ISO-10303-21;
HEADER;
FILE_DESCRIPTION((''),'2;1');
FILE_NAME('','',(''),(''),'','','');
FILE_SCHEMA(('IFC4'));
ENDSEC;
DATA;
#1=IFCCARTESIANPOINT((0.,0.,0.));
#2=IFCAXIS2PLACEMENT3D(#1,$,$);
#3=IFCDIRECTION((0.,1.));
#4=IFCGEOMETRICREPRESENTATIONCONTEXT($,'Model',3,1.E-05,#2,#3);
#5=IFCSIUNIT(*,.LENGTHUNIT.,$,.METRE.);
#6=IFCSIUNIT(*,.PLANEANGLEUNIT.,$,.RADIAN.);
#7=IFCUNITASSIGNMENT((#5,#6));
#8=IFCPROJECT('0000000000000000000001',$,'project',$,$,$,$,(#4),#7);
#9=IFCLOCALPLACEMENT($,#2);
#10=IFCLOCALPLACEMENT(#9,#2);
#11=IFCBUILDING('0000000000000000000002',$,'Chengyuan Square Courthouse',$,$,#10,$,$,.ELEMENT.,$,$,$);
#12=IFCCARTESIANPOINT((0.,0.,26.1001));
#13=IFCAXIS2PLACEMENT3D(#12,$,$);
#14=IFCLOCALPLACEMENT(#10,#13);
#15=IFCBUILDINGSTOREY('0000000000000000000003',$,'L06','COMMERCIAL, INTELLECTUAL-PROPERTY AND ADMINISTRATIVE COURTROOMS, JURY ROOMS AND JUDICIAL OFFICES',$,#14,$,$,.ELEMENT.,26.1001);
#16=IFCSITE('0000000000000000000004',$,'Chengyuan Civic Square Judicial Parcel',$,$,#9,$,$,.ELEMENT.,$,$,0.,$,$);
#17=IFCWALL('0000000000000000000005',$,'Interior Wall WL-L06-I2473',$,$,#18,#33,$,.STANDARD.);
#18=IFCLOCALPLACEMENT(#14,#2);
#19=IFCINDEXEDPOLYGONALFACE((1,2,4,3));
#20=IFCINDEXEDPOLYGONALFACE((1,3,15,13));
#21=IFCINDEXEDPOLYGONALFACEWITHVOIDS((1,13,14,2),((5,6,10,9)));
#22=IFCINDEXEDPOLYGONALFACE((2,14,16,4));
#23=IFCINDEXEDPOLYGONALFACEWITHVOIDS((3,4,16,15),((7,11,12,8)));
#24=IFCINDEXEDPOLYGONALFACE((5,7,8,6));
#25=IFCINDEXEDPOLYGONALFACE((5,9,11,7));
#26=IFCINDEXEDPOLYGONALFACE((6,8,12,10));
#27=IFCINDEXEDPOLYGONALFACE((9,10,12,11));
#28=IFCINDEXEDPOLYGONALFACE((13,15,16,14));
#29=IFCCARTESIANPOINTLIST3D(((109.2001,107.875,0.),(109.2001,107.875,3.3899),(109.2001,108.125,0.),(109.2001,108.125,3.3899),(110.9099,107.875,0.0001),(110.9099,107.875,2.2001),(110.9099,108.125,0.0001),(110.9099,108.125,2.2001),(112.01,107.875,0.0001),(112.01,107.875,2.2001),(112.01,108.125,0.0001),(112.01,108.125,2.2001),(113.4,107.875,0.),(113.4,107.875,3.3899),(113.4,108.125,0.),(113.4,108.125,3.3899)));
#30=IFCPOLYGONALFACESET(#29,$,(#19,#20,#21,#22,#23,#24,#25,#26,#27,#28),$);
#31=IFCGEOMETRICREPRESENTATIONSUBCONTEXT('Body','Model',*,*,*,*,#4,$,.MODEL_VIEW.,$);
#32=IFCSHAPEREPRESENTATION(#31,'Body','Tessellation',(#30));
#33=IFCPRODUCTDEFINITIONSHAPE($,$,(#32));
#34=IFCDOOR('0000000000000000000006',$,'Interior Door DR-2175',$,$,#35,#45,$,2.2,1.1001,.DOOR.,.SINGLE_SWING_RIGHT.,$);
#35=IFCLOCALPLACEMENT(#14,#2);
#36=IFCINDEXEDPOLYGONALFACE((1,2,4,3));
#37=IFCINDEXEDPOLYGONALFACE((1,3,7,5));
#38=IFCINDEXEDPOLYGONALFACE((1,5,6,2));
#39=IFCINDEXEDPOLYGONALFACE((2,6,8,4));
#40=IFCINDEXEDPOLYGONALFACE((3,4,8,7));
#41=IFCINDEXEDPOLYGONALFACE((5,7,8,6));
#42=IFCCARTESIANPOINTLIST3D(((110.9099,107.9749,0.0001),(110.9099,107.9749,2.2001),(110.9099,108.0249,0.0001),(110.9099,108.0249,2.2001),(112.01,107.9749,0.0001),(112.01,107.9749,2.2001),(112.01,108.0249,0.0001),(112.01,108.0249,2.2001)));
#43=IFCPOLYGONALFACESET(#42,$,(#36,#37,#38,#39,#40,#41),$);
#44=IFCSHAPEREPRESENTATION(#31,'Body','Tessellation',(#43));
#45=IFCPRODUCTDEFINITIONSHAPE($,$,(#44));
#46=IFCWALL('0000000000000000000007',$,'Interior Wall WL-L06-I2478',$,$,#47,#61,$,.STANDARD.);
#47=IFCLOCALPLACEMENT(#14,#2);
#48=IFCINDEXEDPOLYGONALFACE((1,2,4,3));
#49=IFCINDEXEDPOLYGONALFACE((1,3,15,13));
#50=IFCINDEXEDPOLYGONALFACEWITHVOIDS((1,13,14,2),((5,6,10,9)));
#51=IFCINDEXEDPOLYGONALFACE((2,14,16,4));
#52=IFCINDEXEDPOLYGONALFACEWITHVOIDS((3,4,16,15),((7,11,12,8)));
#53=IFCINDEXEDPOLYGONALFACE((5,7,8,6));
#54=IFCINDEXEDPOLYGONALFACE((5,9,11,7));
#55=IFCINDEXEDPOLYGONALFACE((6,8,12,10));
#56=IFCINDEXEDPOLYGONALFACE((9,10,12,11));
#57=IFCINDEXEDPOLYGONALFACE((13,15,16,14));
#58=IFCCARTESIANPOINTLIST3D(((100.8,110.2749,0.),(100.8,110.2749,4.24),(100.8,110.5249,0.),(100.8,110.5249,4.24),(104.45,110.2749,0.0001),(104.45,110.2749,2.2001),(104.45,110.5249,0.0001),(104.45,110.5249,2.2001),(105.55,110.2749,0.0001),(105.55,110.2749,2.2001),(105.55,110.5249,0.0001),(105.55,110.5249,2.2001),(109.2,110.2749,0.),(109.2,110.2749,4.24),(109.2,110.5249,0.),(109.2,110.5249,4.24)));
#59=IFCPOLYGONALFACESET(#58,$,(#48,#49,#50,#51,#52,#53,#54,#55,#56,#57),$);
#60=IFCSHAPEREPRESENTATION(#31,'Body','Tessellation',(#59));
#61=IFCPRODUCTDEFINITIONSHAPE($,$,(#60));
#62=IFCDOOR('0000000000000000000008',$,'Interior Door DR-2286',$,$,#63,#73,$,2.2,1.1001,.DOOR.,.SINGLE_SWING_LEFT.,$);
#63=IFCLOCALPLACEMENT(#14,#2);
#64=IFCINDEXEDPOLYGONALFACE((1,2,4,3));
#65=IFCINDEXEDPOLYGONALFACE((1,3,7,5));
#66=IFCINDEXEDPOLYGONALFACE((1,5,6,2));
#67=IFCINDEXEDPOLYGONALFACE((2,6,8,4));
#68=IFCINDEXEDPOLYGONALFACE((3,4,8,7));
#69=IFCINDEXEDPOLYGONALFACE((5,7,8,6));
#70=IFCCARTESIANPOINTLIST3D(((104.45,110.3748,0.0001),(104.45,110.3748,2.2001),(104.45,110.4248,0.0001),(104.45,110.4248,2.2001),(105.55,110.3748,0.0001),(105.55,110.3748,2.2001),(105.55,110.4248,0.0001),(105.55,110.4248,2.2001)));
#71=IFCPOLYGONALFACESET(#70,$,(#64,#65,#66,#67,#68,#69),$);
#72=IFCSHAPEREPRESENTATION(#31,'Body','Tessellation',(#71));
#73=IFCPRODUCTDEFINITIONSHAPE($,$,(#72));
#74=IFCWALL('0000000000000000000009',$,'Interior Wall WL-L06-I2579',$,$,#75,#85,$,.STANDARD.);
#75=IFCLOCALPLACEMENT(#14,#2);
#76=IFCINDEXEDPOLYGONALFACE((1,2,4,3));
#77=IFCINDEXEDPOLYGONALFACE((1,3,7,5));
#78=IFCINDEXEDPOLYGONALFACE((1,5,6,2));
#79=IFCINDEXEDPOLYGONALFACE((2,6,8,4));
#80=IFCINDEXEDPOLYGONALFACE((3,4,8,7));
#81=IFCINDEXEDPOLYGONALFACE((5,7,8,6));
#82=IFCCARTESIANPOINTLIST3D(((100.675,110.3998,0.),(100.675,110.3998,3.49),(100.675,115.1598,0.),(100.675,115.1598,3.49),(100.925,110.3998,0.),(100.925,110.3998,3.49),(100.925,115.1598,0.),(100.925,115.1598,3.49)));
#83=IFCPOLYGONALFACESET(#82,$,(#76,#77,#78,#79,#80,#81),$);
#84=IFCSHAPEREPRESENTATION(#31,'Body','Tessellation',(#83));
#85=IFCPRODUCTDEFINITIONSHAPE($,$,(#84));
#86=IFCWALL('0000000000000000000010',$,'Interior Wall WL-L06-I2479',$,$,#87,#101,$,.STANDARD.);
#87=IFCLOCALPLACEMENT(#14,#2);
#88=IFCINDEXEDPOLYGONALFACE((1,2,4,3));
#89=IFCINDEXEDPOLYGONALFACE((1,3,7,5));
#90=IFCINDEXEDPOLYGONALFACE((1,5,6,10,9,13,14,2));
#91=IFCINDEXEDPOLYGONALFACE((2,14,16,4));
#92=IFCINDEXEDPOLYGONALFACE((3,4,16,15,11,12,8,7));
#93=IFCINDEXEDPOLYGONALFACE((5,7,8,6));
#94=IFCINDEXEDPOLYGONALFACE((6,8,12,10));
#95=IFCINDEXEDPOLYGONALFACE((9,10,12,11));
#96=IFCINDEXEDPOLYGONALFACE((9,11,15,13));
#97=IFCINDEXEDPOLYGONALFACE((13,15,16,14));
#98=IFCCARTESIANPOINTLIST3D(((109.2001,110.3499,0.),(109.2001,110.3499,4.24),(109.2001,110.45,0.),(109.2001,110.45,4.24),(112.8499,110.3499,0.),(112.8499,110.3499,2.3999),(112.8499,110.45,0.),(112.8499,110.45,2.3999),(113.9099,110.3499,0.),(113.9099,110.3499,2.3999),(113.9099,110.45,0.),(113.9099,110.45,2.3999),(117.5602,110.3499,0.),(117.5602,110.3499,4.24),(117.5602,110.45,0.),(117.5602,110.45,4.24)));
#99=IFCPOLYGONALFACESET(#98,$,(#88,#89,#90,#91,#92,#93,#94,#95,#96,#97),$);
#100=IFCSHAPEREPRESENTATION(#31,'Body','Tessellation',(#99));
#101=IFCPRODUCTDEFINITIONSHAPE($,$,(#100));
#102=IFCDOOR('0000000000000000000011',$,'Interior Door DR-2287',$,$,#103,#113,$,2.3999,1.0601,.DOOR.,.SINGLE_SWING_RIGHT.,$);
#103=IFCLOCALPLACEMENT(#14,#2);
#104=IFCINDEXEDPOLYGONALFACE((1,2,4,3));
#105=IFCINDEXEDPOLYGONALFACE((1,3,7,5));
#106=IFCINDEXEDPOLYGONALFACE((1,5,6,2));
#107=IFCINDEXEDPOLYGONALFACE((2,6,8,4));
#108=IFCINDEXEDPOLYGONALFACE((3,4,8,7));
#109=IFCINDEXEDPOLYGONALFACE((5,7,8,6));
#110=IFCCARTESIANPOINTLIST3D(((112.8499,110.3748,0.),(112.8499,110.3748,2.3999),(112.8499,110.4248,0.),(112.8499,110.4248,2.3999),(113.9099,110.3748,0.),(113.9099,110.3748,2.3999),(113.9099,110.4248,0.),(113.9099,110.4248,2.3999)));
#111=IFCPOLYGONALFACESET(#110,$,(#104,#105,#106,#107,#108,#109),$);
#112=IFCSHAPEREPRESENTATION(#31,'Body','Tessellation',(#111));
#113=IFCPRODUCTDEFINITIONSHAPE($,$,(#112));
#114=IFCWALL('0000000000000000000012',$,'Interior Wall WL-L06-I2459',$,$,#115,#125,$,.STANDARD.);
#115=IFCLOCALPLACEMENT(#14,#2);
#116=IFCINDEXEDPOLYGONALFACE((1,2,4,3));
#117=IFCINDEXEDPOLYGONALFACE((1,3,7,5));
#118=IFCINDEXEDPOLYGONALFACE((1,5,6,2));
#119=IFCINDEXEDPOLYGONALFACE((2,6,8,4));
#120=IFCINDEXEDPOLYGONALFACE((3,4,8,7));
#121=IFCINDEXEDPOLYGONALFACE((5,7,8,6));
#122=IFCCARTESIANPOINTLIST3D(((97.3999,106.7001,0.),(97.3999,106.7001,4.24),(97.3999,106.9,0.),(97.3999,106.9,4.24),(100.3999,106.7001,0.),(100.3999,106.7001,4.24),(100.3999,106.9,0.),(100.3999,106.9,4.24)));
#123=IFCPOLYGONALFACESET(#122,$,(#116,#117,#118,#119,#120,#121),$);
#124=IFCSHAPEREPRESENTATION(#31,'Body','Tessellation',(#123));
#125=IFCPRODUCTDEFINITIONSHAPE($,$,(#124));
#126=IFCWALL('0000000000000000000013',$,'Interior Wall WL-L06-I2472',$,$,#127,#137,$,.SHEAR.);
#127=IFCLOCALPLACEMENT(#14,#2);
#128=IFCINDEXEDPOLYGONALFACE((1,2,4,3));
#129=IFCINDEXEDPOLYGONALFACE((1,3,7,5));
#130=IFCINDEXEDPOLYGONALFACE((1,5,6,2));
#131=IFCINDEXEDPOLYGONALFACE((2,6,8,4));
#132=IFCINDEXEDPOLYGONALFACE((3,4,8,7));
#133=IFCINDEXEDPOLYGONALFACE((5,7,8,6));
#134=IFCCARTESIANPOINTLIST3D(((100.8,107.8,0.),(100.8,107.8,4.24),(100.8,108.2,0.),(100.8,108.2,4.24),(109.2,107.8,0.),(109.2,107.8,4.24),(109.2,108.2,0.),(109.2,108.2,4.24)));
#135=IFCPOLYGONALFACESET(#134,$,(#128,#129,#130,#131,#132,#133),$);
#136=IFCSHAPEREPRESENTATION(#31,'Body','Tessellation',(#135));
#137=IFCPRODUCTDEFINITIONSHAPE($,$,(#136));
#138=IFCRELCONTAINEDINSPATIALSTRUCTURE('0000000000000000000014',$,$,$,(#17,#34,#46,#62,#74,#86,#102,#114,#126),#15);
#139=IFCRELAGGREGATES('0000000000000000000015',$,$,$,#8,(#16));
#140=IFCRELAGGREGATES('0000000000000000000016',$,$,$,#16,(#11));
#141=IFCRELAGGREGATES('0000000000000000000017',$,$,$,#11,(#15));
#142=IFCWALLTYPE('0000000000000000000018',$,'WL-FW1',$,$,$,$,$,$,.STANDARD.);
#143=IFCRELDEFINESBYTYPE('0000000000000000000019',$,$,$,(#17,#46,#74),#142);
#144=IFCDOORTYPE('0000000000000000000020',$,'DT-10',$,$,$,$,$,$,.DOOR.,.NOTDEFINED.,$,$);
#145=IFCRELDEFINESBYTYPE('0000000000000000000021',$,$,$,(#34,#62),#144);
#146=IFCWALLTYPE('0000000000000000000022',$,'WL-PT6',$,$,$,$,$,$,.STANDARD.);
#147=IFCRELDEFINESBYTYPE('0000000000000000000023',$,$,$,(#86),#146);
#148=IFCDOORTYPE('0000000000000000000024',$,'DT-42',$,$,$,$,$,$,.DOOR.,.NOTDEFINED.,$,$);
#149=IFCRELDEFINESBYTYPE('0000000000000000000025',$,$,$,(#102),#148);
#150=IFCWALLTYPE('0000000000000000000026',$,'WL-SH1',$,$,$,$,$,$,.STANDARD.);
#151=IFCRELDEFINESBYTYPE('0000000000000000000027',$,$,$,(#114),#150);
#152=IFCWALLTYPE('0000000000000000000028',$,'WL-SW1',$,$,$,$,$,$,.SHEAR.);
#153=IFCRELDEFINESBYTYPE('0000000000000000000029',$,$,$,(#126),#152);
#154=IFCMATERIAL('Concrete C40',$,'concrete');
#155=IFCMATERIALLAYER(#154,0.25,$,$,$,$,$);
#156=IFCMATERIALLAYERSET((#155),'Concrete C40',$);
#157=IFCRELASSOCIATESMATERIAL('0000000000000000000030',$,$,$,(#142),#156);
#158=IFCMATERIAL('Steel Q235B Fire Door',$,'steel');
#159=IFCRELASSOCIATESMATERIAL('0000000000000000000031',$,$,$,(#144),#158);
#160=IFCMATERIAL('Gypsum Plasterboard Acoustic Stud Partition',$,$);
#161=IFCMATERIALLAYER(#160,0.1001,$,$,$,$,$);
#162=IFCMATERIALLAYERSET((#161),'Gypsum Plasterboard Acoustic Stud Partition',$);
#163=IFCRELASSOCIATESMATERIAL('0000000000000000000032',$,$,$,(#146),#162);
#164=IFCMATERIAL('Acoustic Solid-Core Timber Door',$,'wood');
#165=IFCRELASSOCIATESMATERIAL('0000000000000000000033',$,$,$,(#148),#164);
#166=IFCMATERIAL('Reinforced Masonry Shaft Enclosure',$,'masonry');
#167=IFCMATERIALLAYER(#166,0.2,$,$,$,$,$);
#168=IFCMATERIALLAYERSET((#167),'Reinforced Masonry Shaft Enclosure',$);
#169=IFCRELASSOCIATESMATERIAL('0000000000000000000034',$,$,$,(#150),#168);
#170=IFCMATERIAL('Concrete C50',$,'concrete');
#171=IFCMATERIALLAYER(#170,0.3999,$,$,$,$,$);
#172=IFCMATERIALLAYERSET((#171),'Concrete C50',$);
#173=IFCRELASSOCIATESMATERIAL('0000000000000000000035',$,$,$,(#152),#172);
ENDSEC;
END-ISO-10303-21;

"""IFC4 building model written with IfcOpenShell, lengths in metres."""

from ifc_helpers import new_model, si_unit, direction, frame, frame_2d, origin, place, context, subcontext, project, spatial, rectangle, extrude, material, layer, layer_set, type_object, element, fill, save


model = new_model("IFC4")

# Units and contexts
model_context = context("Model", 3, precision=1e-05, world=origin(), true_north=direction((0.0, 1.0)))
body_context = subcontext(model_context, "Body", "Model", "MODEL_VIEW")
ifc_project = project(units=[si_unit("LENGTHUNIT", "METRE"), si_unit("PLANEANGLEUNIT", "RADIAN")], contexts=[model_context])

# Site, building, storey
site_placement = place(None, origin())
site = spatial("IfcSite", under=ifc_project, at=site_placement, Name="Chengyuan Civic Square Judicial Parcel", CompositionType="ELEMENT", RefElevation=0.0)
building_placement = place(site_placement, origin())
building = spatial("IfcBuilding", under=site, at=building_placement, Name="Chengyuan Square Courthouse", CompositionType="ELEMENT")
storey_placement = place(building_placement, frame((0.0, 0.0, 26.1001)))
storey = spatial("IfcBuildingStorey", under=building, at=storey_placement, Name="L06", Description="COMMERCIAL, INTELLECTUAL-PROPERTY AND ADMINISTRATIVE COURTROOMS, JURY ROOMS AND JUDICIAL OFFICES", CompositionType="ELEMENT", Elevation=26.1001)

# Shared definitions
ifc_material_1 = material(Name="Concrete C50", Category="concrete")

# Shared definitions
ifc_material_2 = material(Name="Concrete C40", Category="concrete")

# Walls, openings, doors
ifc_layer_1 = layer(ifc_material_2, 0.25)
ifc_layer_set_1 = layer_set([ifc_layer_1], Name="Concrete C40")
wall_type_1 = type_object("IfcWallType", Name="WL-FW1", PredefinedType="STANDARD", material=ifc_layer_set_1)
wall_1_placement = place(storey_placement, frame((109.2, 108.0, 0.0), z_axis=(0.0, 0.0, 1.0), x_axis=(1.0, 0.0, 0.0)))
wall_1 = element("IfcWall", 1, at=wall_1_placement, inside=storey, type_object=wall_type_1, Name="Interior Wall WL-L06-I2473", PredefinedType="STANDARD", context=body_context, shape_type="SweptSolid", body=[
    extrude(rectangle(XDim=4.2, YDim=0.25, at=frame_2d((2.1001, 0.0))), origin(), (0.0, 0.0, 1.0), 3.3899),
])
opening_1_placement = place(wall_1_placement, frame((1.71, 0.0, 0.0)))
opening_1 = element("IfcOpeningElement", 2, at=opening_1_placement, cuts=wall_1, PredefinedType="OPENING", context=body_context, shape_type="SweptSolid", body=[
    extrude(rectangle(XDim=1.1001, YDim=2.2, at=frame_2d((0.55, 1.1001))), frame((0.0, 0.137, 0.0), z_axis=(0.0, -1.0, 0.0), x_axis=(1.0, 0.0, 0.0)), (0.0, 0.0, 1.0), 0.2739),
])
ifc_material_3 = material(Name="Steel Q235B Fire Door", Category="steel")
door_type_1 = type_object("IfcDoorType", Name="DT-10", OperationType="NOTDEFINED", PredefinedType="DOOR", material=ifc_material_3)
door_1_placement = place(opening_1_placement, origin())
door_1 = element("IfcDoor", 3, at=door_1_placement, inside=storey, type_object=door_type_1, Name="Interior Door DR-2175", OperationType="SINGLE_SWING_RIGHT", OverallHeight=2.2, OverallWidth=1.1001, PredefinedType="DOOR", context=body_context, shape_type="SweptSolid", body=[
    extrude(rectangle(XDim=1.1001, YDim=2.2, at=frame_2d((0.55, 1.1001))), frame((0.0, 0.0249, 0.0), z_axis=(0.0, -1.0, 0.0), x_axis=(1.0, 0.0, 0.0)), (0.0, 0.0, 1.0), 0.05),
])
fill(opening_1, door_1)
wall_2_placement = place(storey_placement, frame((100.8, 110.3999, 0.0), z_axis=(0.0, 0.0, 1.0), x_axis=(1.0, 0.0, 0.0)))
wall_2 = element("IfcWall", 4, at=wall_2_placement, inside=storey, type_object=wall_type_1, Name="Interior Wall WL-L06-I2478", PredefinedType="STANDARD", context=body_context, shape_type="SweptSolid", body=[
    extrude(rectangle(XDim=8.3999, YDim=0.25, at=frame_2d((4.2, 0.0))), origin(), (0.0, 0.0, 1.0), 4.24),
])
opening_2_placement = place(wall_2_placement, frame((3.6499, 0.0, 0.0)))
opening_2 = element("IfcOpeningElement", 5, at=opening_2_placement, cuts=wall_2, PredefinedType="OPENING", context=body_context, shape_type="SweptSolid", body=[
    extrude(rectangle(XDim=1.1001, YDim=2.2, at=frame_2d((0.55, 1.1001))), frame((0.0, 0.137, 0.0), z_axis=(0.0, -1.0, 0.0), x_axis=(1.0, 0.0, 0.0)), (0.0, 0.0, 1.0), 0.2739),
])
door_2_placement = place(opening_2_placement, origin())
door_2 = element("IfcDoor", 6, at=door_2_placement, inside=storey, type_object=door_type_1, Name="Interior Door DR-2286", OperationType="SINGLE_SWING_LEFT", OverallHeight=2.2, OverallWidth=1.1001, PredefinedType="DOOR", context=body_context, shape_type="SweptSolid", body=[
    extrude(rectangle(XDim=1.1001, YDim=2.2, at=frame_2d((0.55, 1.1001))), frame((0.0, 0.0249, 0.0), z_axis=(0.0, -1.0, 0.0), x_axis=(1.0, 0.0, 0.0)), (0.0, 0.0, 1.0), 0.05),
])
fill(opening_2, door_2)

# Wall
wall_3_placement = place(storey_placement, frame((100.8, 110.3999, 0.0), z_axis=(0.0, 0.0, 1.0), x_axis=(0.0, 1.0, 0.0)))
element("IfcWall", 7, at=wall_3_placement, inside=storey, type_object=wall_type_1, Name="Interior Wall WL-L06-I2579", PredefinedType="STANDARD", context=body_context, shape_type="SweptSolid", body=[
    extrude(rectangle(XDim=4.76, YDim=0.25, at=frame_2d((2.3799, 0.0))), origin(), (0.0, 0.0, 1.0), 3.49),
])

# Wall, opening, door
ifc_material_4 = material(Name="Gypsum Plasterboard Acoustic Stud Partition")
ifc_layer_2 = layer(ifc_material_4, 0.1001)
ifc_layer_set_2 = layer_set([ifc_layer_2], Name="Gypsum Plasterboard Acoustic Stud Partition")
wall_type_2 = type_object("IfcWallType", Name="WL-PT6", PredefinedType="STANDARD", material=ifc_layer_set_2)
wall_4_placement = place(storey_placement, frame((109.2, 110.3999, 0.0), z_axis=(0.0, 0.0, 1.0), x_axis=(1.0, 0.0, 0.0)))
wall_4 = element("IfcWall", 8, at=wall_4_placement, inside=storey, type_object=wall_type_2, Name="Interior Wall WL-L06-I2479", PredefinedType="STANDARD", context=body_context, shape_type="SweptSolid", body=[
    extrude(rectangle(XDim=8.3601, YDim=0.1001, at=frame_2d((4.1802, 0.0))), origin(), (0.0, 0.0, 1.0), 4.24),
])
opening_3_placement = place(wall_4_placement, frame((3.6499, 0.0, 0.0)))
opening_3 = element("IfcOpeningElement", 9, at=opening_3_placement, cuts=wall_4, PredefinedType="OPENING", context=body_context, shape_type="SweptSolid", body=[
    extrude(rectangle(XDim=1.0601, YDim=2.3999, at=frame_2d((0.53, 1.2))), frame((0.0, 0.062, 0.0), z_axis=(0.0, -1.0, 0.0), x_axis=(1.0, 0.0, 0.0)), (0.0, 0.0, 1.0), 0.124),
])
ifc_material_5 = material(Name="Acoustic Solid-Core Timber Door", Category="wood")
door_type_2 = type_object("IfcDoorType", Name="DT-42", OperationType="NOTDEFINED", PredefinedType="DOOR", material=ifc_material_5)
door_3_placement = place(opening_3_placement, origin())
door_3 = element("IfcDoor", 10, at=door_3_placement, inside=storey, type_object=door_type_2, Name="Interior Door DR-2287", OperationType="SINGLE_SWING_RIGHT", OverallHeight=2.3999, OverallWidth=1.0601, PredefinedType="DOOR", context=body_context, shape_type="SweptSolid", body=[
    extrude(rectangle(XDim=1.0601, YDim=2.3999, at=frame_2d((0.53, 1.2))), frame((0.0, 0.0249, 0.0), z_axis=(0.0, -1.0, 0.0), x_axis=(1.0, 0.0, 0.0)), (0.0, 0.0, 1.0), 0.05),
])
fill(opening_3, door_3)

# Walls
ifc_material_6 = material(Name="Reinforced Masonry Shaft Enclosure", Category="masonry")
ifc_layer_3 = layer(ifc_material_6, 0.2)
ifc_layer_set_3 = layer_set([ifc_layer_3], Name="Reinforced Masonry Shaft Enclosure")
wall_type_3 = type_object("IfcWallType", Name="WL-SH1", PredefinedType="STANDARD", material=ifc_layer_set_3)
wall_5_placement = place(storey_placement, frame((97.3999, 106.8, 0.0), z_axis=(0.0, 0.0, 1.0), x_axis=(1.0, 0.0, 0.0)))
element("IfcWall", 11, at=wall_5_placement, inside=storey, type_object=wall_type_3, Name="Interior Wall WL-L06-I2459", PredefinedType="STANDARD", context=body_context, shape_type="SweptSolid", body=[
    extrude(rectangle(XDim=3.0, YDim=0.2, at=frame_2d((1.5, 0.0))), origin(), (0.0, 0.0, 1.0), 4.24),
])
ifc_layer_4 = layer(ifc_material_1, 0.3999)
ifc_layer_set_4 = layer_set([ifc_layer_4], Name="Concrete C50")
wall_type_4 = type_object("IfcWallType", Name="WL-SW1", PredefinedType="SHEAR", material=ifc_layer_set_4)
wall_6_placement = place(storey_placement, frame((100.8, 108.0, 0.0), z_axis=(0.0, 0.0, 1.0), x_axis=(1.0, 0.0, 0.0)))
element("IfcWall", 12, at=wall_6_placement, inside=storey, type_object=wall_type_4, Name="Interior Wall WL-L06-I2472", PredefinedType="SHEAR", context=body_context, shape_type="SweptSolid", body=[
    extrude(rectangle(XDim=8.3999, YDim=0.3999, at=frame_2d((4.2, 0.0))), origin(), (0.0, 0.0, 1.0), 4.24),
])

save(model, "model.ifc")
